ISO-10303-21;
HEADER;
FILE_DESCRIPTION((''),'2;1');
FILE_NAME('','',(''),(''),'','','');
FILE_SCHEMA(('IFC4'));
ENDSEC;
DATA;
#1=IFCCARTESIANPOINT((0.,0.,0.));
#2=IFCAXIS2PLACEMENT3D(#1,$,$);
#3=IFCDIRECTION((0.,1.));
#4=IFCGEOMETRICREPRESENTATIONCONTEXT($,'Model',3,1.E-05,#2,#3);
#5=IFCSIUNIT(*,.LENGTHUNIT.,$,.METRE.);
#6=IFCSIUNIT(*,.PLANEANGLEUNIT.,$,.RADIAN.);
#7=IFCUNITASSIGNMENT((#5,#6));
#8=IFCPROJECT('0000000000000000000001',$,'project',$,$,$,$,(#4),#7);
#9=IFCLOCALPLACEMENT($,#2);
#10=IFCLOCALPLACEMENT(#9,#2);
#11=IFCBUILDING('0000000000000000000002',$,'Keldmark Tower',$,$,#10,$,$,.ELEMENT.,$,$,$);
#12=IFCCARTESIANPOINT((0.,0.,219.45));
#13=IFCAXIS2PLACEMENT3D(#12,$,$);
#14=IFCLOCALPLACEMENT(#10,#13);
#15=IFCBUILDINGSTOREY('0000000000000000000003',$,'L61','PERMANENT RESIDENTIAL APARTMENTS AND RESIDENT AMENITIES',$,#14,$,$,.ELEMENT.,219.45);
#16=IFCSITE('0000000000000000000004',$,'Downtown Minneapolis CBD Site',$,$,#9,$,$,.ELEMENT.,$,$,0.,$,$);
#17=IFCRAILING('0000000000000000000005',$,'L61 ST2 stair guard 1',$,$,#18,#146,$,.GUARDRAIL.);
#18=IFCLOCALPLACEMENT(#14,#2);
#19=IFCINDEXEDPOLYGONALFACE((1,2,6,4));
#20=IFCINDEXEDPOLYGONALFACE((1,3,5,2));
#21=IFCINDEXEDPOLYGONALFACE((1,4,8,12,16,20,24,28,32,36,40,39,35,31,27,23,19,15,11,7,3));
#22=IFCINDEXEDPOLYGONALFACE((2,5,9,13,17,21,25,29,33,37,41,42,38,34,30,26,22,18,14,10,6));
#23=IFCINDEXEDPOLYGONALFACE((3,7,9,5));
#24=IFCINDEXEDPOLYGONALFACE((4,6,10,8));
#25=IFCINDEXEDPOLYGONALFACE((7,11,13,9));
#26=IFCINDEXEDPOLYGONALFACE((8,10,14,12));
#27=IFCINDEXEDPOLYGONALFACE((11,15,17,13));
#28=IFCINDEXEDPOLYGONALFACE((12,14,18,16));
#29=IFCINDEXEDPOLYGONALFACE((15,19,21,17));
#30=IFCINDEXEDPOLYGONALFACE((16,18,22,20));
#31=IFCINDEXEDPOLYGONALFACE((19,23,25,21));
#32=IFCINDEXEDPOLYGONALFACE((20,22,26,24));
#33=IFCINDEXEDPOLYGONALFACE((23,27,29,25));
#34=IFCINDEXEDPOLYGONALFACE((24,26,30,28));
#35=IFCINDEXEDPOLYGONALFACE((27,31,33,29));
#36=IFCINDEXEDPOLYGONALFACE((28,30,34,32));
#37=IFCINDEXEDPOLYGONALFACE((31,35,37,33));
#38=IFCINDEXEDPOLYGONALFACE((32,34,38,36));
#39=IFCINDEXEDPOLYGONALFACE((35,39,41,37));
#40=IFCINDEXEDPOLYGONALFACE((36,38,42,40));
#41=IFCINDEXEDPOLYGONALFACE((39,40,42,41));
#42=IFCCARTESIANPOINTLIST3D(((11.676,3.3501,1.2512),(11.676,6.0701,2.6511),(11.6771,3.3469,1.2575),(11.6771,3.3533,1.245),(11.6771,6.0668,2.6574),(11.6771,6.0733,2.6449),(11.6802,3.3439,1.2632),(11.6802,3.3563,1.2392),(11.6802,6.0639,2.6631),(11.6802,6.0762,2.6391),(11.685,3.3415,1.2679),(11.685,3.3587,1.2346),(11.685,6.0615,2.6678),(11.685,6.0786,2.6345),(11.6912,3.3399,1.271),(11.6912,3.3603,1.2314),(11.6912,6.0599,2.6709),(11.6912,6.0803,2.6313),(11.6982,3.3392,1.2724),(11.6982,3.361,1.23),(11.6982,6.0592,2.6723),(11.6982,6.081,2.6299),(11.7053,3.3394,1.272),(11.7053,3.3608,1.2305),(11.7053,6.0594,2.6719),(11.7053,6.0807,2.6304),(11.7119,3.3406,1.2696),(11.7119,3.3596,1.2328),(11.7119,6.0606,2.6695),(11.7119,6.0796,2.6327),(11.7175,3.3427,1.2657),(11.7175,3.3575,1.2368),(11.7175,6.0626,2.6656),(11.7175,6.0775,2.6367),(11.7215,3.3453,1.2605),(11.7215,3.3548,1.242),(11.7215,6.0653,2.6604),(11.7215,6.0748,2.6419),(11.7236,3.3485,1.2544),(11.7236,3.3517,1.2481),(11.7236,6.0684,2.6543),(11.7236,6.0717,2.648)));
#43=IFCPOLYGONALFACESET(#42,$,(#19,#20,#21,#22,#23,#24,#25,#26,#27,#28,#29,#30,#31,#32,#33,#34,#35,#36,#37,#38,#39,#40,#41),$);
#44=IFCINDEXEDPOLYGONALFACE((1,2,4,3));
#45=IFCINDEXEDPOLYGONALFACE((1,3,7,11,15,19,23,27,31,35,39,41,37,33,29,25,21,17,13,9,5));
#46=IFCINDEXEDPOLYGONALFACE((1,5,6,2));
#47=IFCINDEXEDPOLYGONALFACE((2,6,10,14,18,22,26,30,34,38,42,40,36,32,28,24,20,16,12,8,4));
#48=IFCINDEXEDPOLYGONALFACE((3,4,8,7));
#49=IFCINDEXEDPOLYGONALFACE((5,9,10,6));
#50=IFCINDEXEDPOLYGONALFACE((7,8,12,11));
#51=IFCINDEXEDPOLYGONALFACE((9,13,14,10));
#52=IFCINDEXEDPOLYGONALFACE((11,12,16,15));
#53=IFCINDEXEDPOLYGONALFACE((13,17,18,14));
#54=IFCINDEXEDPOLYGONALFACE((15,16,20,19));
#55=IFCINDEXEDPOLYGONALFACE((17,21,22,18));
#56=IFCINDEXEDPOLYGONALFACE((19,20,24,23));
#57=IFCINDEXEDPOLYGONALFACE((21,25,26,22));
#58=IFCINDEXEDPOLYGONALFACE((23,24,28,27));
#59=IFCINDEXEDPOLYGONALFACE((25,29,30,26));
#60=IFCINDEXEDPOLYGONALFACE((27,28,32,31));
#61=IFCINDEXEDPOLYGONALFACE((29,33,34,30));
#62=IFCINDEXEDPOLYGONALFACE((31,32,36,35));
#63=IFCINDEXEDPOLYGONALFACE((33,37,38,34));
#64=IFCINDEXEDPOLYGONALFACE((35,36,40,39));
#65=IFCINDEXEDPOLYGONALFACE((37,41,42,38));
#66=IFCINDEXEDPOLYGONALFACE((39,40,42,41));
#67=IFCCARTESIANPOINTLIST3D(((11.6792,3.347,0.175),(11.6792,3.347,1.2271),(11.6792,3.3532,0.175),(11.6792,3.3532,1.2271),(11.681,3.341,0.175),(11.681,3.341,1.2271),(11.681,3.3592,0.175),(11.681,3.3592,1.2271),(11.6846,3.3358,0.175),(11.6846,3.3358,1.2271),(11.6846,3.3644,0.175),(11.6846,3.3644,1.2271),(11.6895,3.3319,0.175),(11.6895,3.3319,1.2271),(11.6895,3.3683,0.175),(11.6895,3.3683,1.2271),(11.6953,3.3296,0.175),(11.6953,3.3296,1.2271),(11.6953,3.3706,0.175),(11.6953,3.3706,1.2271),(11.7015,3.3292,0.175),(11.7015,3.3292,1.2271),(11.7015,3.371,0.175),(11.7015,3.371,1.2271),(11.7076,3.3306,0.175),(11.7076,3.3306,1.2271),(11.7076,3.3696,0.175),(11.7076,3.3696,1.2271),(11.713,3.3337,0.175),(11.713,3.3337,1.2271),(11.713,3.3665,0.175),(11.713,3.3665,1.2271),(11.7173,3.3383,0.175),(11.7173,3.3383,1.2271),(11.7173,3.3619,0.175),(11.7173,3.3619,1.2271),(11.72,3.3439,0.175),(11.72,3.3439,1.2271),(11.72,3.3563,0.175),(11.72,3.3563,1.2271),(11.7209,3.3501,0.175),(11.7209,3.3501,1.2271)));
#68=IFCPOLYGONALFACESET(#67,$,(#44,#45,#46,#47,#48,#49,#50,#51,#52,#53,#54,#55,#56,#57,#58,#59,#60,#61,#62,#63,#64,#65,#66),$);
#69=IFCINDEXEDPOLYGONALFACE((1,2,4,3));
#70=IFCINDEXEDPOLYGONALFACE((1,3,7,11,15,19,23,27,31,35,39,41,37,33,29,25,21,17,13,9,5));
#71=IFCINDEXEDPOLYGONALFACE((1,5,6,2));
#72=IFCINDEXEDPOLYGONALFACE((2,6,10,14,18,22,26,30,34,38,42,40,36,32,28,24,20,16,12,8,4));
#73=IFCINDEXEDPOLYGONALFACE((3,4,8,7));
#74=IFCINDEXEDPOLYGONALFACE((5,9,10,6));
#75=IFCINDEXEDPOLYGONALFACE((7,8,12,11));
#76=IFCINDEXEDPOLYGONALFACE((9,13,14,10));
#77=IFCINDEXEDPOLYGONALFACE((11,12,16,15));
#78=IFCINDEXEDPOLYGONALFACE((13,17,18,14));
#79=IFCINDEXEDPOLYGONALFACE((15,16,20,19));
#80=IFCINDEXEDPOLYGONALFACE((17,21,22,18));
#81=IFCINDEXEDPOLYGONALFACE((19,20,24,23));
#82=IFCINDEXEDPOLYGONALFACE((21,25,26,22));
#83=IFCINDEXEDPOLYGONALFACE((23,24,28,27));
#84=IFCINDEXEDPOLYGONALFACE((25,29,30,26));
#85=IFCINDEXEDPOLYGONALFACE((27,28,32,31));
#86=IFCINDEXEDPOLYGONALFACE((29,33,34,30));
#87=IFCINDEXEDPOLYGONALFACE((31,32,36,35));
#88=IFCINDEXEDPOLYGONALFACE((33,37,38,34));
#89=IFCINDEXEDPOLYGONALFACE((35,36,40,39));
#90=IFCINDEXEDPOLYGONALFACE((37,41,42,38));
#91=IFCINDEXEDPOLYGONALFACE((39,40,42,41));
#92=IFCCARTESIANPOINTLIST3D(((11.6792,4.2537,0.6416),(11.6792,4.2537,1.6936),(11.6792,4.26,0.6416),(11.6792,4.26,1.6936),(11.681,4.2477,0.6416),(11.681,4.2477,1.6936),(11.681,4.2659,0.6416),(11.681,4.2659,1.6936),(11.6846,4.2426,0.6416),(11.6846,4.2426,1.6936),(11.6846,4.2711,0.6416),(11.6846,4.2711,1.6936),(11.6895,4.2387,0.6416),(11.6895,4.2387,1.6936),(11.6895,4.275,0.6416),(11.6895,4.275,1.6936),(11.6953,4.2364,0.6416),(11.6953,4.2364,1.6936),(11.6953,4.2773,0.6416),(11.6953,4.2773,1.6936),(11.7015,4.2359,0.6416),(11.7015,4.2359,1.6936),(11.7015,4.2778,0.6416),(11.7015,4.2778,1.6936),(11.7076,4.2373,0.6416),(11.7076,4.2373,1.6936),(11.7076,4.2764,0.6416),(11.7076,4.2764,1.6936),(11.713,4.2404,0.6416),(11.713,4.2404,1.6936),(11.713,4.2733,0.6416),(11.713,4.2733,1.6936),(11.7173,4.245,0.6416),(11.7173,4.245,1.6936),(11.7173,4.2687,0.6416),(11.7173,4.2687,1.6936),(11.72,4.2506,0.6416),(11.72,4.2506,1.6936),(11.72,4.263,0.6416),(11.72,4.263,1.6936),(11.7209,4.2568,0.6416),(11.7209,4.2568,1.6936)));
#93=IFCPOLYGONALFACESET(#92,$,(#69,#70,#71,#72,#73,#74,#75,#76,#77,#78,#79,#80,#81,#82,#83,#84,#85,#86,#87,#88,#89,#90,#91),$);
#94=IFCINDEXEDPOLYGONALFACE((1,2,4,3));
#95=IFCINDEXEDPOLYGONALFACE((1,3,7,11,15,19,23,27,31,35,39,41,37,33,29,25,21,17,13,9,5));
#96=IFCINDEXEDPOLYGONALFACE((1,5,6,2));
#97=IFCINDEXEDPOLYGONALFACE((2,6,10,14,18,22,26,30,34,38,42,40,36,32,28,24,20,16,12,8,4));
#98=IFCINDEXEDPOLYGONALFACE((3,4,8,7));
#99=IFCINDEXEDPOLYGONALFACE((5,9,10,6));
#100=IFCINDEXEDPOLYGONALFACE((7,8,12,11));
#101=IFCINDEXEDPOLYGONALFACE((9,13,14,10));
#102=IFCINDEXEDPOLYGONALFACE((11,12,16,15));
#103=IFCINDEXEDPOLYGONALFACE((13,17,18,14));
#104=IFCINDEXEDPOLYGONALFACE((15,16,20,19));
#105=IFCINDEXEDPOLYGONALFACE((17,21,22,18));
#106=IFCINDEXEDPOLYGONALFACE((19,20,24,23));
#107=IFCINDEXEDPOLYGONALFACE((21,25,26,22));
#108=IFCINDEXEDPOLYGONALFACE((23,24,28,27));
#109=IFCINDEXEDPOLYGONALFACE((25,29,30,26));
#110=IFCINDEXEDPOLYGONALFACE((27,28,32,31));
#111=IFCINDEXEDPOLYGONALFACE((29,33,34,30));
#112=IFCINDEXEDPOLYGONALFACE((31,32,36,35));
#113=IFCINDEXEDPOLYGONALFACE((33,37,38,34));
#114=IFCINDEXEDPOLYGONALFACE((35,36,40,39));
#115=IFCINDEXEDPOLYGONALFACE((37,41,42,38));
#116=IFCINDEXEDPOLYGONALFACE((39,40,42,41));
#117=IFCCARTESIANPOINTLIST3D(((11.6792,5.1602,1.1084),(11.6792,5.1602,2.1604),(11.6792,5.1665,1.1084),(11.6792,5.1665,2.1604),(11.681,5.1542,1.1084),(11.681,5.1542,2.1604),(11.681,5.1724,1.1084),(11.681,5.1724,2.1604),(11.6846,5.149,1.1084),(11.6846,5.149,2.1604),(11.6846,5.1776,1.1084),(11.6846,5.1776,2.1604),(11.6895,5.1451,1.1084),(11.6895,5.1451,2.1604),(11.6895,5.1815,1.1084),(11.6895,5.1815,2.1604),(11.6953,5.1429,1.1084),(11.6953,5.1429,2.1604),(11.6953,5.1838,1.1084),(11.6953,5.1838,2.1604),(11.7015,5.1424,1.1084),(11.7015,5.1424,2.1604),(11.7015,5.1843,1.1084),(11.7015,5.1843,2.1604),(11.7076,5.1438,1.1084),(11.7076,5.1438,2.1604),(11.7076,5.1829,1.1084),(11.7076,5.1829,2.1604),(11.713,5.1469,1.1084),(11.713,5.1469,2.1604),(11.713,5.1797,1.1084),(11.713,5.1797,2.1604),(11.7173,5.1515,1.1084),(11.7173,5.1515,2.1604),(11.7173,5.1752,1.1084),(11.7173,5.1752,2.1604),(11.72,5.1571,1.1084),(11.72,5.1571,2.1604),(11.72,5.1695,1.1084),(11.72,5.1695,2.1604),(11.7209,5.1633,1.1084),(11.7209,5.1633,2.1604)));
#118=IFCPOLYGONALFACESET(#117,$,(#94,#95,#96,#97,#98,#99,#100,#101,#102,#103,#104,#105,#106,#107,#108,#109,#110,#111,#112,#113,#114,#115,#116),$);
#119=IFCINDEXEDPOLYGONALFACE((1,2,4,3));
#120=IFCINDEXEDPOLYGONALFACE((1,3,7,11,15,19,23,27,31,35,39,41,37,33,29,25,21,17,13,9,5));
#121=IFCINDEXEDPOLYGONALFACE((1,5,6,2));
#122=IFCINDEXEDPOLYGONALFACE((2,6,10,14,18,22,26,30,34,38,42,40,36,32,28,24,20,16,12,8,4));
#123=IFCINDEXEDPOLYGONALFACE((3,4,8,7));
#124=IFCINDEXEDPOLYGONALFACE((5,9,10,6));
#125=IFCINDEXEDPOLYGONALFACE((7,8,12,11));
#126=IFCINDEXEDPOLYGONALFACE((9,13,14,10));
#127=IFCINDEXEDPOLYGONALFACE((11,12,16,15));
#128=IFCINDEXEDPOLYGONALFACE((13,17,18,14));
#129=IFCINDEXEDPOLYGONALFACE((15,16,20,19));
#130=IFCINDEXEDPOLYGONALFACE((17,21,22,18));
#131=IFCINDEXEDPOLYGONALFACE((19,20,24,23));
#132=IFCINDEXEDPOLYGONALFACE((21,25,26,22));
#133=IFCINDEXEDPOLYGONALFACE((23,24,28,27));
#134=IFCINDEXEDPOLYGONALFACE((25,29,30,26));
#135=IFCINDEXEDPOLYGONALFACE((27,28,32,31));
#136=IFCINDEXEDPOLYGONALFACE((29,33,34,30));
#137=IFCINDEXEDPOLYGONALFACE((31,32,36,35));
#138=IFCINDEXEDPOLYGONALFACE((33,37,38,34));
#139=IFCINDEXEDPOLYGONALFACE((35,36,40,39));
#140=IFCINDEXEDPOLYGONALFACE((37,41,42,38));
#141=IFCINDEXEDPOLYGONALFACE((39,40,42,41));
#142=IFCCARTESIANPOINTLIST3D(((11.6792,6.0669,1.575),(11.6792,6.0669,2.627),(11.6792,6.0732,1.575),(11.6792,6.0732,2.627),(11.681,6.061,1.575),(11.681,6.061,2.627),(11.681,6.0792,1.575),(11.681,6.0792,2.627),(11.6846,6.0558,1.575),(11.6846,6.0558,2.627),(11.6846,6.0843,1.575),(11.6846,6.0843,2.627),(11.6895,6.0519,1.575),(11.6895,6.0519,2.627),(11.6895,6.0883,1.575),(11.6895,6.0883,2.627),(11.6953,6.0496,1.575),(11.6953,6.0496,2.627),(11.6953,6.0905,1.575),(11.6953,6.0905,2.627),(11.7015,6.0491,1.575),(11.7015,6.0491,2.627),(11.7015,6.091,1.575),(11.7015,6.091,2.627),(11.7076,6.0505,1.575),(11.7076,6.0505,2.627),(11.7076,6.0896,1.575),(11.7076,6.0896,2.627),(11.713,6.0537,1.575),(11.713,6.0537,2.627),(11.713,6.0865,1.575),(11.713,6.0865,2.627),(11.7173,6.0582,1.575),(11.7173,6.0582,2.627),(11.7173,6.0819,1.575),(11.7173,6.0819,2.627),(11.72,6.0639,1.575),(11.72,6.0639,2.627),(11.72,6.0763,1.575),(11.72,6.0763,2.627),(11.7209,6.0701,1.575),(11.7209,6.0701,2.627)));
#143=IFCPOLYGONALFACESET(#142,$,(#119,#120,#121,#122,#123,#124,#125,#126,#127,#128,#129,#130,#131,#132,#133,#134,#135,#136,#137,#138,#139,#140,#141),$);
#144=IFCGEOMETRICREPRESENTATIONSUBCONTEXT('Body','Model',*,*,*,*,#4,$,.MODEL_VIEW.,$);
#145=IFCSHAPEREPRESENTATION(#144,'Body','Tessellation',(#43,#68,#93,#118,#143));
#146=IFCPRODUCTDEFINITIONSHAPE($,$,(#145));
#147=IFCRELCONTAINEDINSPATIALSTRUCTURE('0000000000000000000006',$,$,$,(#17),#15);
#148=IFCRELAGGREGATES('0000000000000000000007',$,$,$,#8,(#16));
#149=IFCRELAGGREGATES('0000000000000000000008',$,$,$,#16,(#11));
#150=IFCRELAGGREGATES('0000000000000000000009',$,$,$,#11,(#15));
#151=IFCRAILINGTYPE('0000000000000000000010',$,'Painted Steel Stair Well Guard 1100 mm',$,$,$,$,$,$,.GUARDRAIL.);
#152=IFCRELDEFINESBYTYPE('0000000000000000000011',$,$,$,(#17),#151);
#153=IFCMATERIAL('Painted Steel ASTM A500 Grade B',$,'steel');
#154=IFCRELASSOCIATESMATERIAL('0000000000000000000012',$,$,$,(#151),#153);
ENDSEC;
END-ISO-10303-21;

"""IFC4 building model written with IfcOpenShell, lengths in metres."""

from ifc_helpers import new_model, si_unit, direction, frame, origin, origin_2d, place, context, subcontext, project, spatial, circle, extrude, material, type_object, element, save


model = new_model("IFC4")

# Units and contexts
model_context = context("Model", 3, precision=1e-05, world=origin(), true_north=direction((0.0, 1.0)))
body_context = subcontext(model_context, "Body", "Model", "MODEL_VIEW")
ifc_project = project(units=[si_unit("LENGTHUNIT", "METRE"), si_unit("PLANEANGLEUNIT", "RADIAN")], contexts=[model_context])

# Site, building, storey
site_placement = place(None, origin())
site = spatial("IfcSite", under=ifc_project, at=site_placement, Name="Downtown Minneapolis CBD Site", CompositionType="ELEMENT", RefElevation=0.0)
building_placement = place(site_placement, origin())
building = spatial("IfcBuilding", under=site, at=building_placement, Name="Keldmark Tower", CompositionType="ELEMENT")
storey_placement = place(building_placement, frame((0.0, 0.0, 219.45)))
storey = spatial("IfcBuildingStorey", under=building, at=storey_placement, Name="L61", Description="PERMANENT RESIDENTIAL APARTMENTS AND RESIDENT AMENITIES", CompositionType="ELEMENT", Elevation=219.45)

# Railing
ifc_material_1 = material(Name="Painted Steel ASTM A500 Grade B", Category="steel")
railing_type_1 = type_object("IfcRailingType", Name="Painted Steel Stair Well Guard 1100 mm", PredefinedType="GUARDRAIL", material=ifc_material_1)
railing_1_placement = place(storey_placement, frame((11.7, 3.3501, 0.175)))
element("IfcRailing", 1, at=railing_1_placement, inside=storey, type_object=railing_type_1, Name="L61 ST2 stair guard 1", PredefinedType="GUARDRAIL", context=body_context, shape_type="SweptSolid", body=[
    extrude(circle(Radius=0.0239, at=origin_2d()), frame((0.0, 0.0, 1.0762), z_axis=(0.0, 0.889147, 0.457622), x_axis=(-1.0, 0.0, 0.0)), (0.0, 0.0, 1.0), 3.0591),
    extrude(circle(Radius=0.021, at=origin_2d()), origin(), (0.0, 0.0, 1.0), 1.052),
    extrude(circle(Radius=0.021, at=origin_2d()), frame((0.0, 0.9067, 0.4666)), (0.0, 0.0, 1.0), 1.052),
    extrude(circle(Radius=0.021, at=origin_2d()), frame((0.0, 1.8132, 0.9333)), (0.0, 0.0, 1.0), 1.052),
    extrude(circle(Radius=0.021, at=origin_2d()), frame((0.0, 2.72, 1.3999)), (0.0, 0.0, 1.0), 1.052),
])

save(model, "model.ifc")
